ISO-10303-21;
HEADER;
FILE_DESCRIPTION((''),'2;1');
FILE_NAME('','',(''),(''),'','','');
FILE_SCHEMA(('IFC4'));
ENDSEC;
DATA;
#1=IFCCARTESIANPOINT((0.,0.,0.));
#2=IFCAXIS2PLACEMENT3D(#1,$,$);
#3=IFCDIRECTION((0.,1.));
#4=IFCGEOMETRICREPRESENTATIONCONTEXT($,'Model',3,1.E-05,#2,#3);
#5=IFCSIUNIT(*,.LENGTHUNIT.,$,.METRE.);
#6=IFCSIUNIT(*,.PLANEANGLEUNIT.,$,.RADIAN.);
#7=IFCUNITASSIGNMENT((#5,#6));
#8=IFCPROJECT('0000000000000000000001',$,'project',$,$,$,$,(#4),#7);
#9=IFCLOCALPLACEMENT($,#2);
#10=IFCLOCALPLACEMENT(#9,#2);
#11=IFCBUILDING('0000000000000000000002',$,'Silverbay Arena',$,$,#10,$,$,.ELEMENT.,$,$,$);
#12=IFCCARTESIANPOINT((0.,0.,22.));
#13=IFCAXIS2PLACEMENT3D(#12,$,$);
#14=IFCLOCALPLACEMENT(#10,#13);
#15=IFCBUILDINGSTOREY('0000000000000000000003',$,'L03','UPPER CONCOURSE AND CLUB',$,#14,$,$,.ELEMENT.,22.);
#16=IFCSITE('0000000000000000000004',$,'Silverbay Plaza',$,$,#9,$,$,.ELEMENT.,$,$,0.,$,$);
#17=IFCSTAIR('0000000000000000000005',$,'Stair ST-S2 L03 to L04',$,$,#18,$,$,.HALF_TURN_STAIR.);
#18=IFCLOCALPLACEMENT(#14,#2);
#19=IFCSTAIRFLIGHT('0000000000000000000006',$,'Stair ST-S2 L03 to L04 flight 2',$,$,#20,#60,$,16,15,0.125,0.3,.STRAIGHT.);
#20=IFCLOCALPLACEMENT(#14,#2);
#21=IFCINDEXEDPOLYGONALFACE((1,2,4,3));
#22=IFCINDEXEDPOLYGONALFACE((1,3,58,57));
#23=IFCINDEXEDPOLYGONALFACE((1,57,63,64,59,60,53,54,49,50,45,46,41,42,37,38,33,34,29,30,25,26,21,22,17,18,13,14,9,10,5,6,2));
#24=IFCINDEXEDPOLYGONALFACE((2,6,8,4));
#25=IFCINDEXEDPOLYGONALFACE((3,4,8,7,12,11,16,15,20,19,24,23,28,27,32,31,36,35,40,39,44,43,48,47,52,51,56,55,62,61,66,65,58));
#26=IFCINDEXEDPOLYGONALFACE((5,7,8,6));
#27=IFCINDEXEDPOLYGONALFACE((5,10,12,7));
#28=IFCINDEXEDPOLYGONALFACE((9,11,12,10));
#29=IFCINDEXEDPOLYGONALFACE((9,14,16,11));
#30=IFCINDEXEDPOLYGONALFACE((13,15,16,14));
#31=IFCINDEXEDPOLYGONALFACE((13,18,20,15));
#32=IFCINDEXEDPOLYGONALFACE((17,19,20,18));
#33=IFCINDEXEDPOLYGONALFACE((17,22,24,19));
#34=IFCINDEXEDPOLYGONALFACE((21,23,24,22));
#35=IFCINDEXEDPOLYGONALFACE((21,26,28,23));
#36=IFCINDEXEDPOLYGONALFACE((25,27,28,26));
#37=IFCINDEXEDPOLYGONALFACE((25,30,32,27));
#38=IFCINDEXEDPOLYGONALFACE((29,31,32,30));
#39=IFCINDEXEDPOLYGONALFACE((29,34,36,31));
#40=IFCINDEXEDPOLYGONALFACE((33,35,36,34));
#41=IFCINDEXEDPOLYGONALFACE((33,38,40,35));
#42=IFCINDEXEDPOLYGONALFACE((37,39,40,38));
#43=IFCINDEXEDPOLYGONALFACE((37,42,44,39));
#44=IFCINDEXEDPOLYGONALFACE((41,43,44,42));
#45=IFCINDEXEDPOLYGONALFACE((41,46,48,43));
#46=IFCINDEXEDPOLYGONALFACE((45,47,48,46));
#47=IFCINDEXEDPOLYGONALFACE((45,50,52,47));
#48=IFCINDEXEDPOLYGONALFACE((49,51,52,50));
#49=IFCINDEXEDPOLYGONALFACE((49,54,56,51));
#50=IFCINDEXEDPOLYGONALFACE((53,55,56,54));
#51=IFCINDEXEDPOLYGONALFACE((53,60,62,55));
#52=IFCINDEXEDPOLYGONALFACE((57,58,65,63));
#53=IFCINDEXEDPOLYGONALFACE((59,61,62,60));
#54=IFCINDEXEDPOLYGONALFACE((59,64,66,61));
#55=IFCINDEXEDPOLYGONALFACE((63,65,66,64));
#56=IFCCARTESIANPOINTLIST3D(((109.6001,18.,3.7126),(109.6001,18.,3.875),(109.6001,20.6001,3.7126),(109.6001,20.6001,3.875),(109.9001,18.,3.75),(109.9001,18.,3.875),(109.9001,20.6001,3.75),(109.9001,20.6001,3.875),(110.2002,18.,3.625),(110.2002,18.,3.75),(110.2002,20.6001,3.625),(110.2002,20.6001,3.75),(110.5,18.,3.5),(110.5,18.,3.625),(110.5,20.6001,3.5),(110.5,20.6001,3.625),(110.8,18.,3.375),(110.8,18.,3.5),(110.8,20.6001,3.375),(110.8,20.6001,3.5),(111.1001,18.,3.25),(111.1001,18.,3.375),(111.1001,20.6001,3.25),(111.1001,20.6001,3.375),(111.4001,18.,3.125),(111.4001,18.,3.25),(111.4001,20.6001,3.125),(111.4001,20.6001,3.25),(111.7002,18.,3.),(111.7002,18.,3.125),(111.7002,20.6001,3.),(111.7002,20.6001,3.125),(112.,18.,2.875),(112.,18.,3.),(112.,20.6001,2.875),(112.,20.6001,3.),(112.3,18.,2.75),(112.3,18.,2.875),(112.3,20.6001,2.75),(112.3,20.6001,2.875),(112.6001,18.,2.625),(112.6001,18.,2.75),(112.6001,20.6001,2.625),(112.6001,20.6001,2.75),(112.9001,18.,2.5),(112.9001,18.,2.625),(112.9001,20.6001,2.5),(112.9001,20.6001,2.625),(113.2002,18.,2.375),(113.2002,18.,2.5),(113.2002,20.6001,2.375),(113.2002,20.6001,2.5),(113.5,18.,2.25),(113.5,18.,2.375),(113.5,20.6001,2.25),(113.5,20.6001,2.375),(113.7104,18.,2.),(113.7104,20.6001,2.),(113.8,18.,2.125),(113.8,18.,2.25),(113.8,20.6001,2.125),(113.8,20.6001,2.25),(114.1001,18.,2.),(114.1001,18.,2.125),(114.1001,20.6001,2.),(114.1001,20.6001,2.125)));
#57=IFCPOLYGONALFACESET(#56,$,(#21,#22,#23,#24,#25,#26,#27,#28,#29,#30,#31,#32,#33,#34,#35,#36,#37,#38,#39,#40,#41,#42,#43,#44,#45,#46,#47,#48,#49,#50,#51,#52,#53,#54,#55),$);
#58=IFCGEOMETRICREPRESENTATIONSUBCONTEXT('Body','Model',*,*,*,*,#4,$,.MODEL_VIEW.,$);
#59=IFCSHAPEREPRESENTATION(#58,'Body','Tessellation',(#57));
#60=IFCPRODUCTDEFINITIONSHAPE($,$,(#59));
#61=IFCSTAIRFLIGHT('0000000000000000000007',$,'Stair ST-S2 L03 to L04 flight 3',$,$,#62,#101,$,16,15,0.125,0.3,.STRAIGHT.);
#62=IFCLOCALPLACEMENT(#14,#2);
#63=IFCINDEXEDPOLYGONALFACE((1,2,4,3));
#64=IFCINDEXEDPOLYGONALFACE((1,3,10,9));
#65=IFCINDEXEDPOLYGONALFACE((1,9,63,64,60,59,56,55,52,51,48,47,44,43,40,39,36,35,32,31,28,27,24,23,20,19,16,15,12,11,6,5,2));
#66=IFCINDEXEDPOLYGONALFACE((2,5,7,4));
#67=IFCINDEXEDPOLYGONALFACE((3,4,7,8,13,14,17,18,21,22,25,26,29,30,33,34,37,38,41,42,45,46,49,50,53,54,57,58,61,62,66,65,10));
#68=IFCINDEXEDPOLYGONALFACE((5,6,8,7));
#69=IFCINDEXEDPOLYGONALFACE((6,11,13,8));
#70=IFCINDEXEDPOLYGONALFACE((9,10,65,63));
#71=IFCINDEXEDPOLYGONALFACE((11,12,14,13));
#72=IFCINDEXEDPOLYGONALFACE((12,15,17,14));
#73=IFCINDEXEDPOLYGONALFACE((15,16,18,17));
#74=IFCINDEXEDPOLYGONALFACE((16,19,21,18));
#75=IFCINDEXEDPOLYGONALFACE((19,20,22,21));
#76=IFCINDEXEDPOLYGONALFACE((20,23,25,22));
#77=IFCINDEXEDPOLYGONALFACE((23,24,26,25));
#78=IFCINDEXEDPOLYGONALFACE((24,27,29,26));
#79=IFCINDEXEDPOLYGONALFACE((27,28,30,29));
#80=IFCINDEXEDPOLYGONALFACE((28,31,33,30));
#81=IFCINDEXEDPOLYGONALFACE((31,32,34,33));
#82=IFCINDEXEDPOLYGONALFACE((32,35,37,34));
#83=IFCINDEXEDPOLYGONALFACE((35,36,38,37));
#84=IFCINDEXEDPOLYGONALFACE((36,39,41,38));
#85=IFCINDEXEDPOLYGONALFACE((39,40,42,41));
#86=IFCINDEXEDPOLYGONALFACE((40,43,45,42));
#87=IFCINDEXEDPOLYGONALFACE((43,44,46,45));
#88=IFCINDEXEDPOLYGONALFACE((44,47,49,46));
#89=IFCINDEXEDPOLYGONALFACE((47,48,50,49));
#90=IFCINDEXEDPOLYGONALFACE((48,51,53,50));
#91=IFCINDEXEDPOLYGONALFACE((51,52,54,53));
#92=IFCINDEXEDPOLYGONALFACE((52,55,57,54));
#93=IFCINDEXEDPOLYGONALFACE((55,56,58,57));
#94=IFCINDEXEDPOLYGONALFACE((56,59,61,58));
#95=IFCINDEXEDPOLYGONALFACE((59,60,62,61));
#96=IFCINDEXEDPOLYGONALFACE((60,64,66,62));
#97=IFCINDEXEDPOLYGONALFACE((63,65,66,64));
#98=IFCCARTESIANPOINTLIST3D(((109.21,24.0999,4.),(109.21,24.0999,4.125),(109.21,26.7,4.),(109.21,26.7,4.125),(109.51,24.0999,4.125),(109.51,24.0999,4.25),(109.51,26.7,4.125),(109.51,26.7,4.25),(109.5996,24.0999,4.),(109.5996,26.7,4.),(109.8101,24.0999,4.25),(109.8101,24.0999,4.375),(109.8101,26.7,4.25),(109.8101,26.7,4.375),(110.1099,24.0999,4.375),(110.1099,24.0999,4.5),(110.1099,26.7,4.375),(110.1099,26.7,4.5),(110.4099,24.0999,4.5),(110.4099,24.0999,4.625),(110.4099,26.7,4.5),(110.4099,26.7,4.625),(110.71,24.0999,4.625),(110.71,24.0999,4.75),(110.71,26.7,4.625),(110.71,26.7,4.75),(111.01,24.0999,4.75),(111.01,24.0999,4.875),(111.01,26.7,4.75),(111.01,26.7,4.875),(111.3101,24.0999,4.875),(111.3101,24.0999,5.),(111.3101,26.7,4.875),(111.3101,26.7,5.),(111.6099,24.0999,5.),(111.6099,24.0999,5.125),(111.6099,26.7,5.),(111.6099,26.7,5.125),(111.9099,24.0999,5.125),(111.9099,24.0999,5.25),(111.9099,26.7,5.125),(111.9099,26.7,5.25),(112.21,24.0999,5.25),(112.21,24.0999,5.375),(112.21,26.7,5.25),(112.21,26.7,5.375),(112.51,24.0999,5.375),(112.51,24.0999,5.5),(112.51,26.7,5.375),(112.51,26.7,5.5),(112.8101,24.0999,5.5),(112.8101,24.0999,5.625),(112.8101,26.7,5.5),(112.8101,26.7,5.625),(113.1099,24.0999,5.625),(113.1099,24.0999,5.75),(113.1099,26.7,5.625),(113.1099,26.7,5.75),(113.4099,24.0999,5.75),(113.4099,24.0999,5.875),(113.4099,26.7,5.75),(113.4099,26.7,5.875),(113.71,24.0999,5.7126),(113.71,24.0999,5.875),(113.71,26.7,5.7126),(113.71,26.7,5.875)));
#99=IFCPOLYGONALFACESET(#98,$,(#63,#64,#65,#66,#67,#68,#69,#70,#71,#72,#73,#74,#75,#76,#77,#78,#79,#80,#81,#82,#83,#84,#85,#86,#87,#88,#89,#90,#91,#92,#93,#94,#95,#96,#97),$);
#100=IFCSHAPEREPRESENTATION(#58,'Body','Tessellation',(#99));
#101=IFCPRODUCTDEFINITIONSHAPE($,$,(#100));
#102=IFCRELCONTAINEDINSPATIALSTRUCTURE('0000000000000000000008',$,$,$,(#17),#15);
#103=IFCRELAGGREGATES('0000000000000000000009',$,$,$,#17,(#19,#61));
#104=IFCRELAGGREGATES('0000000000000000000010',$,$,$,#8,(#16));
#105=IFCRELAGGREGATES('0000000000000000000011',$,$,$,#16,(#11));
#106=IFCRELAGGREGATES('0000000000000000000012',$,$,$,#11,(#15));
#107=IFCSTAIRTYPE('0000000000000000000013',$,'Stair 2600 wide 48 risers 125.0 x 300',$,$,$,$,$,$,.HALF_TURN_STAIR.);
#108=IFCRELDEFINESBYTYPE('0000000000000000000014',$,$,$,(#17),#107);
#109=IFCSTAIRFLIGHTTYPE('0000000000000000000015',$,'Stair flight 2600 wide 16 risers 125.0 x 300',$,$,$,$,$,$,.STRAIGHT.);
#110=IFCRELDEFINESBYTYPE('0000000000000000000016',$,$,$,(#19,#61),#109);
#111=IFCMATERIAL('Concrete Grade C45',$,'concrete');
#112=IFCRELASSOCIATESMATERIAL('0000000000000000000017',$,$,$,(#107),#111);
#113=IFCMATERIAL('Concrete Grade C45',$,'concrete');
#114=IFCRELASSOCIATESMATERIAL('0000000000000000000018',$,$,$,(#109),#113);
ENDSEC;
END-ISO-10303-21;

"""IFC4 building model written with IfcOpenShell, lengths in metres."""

from ifc_helpers import new_model, si_unit, direction, frame, origin, place, context, subcontext, project, spatial, polyline, outline, extrude, material, type_object, element, aggregate, save


model = new_model("IFC4")

# Units and contexts
model_context = context("Model", 3, precision=1e-05, world=origin(), true_north=direction((0.0, 1.0)))
body_context = subcontext(model_context, "Body", "Model", "MODEL_VIEW")
ifc_project = project(units=[si_unit("LENGTHUNIT", "METRE"), si_unit("PLANEANGLEUNIT", "RADIAN")], contexts=[model_context])

# Site, building, storey
site_placement = place(None, origin())
site = spatial("IfcSite", under=ifc_project, at=site_placement, Name="Silverbay Plaza", CompositionType="ELEMENT", RefElevation=0.0)
building_placement = place(site_placement, origin())
building = spatial("IfcBuilding", under=site, at=building_placement, Name="Silverbay Arena", CompositionType="ELEMENT")
storey_placement = place(building_placement, frame((0.0, 0.0, 22.0)))
storey = spatial("IfcBuildingStorey", under=building, at=storey_placement, Name="L03", Description="UPPER CONCOURSE AND CLUB", CompositionType="ELEMENT", Elevation=22.0)

# Stair, stair flights
ifc_material_1 = material(Name="Concrete Grade C45", Category="concrete")
stair_type = type_object("IfcStairType", Name="Stair 2600 wide 48 risers 125.0 x 300", PredefinedType="HALF_TURN_STAIR", material=ifc_material_1)
stair_placement = place(storey_placement, origin())
stair = element("IfcStair", 1, at=stair_placement, inside=storey, type_object=stair_type, Name="Stair ST-S2 L03 to L04", PredefinedType="HALF_TURN_STAIR")
ifc_material_2 = material(Name="Concrete Grade C45", Category="concrete")
stair_flight_type = type_object("IfcStairFlightType", Name="Stair flight 2600 wide 16 risers 125.0 x 300", PredefinedType="STRAIGHT", material=ifc_material_2)
stair_flight_1_placement = place(storey_placement, frame((114.1001, 19.3, 2.0), z_axis=(0.0, 0.0, 1.0), x_axis=(-1.0, 0.0, 0.0)))
stair_flight_1 = element("IfcStairFlight", 2, at=stair_flight_1_placement, type_object=stair_flight_type, Name="Stair ST-S2 L03 to L04 flight 2", NumberOfRisers=16, NumberOfTreads=15, PredefinedType="STRAIGHT", RiserHeight=0.125, TreadLength=0.3, context=body_context, shape_type="SweptSolid", body=[
    extrude(outline(polyline([(0.0, 0.0), (0.0, 0.125), (0.3, 0.125), (0.3, 0.25), (0.6001, 0.25), (0.6001, 0.375), (0.8999, 0.375), (0.8999, 0.5), (1.2, 0.5), (1.2, 0.625), (1.5, 0.625), (1.5, 0.75), (1.8, 0.75), (1.8, 0.875), (2.1001, 0.875), (2.1001, 1.0), (2.3999, 1.0), (2.3999, 1.125), (2.7, 1.125), (2.7, 1.25), (3.0, 1.25), (3.0, 1.375), (3.3, 1.375), (3.3, 1.5), (3.6001, 1.5), (3.6001, 1.625), (3.8999, 1.625), (3.8999, 1.75), (4.2, 1.75), (4.2, 1.875), (4.5, 1.875), (4.5, 1.7126), (0.3896, 0.0), (0.0, 0.0)])), frame((0.0, 1.3, 0.0), z_axis=(0.0, -1.0, 0.0), x_axis=(1.0, 0.0, 0.0)), (0.0, 0.0, 1.0), 2.6001),
])
stair_flight_2_placement = place(storey_placement, frame((109.21, 25.3999, 4.0), z_axis=(0.0, 0.0, 1.0), x_axis=(1.0, 0.0, 0.0)))
stair_flight_2 = element("IfcStairFlight", 3, at=stair_flight_2_placement, type_object=stair_flight_type, Name="Stair ST-S2 L03 to L04 flight 3", NumberOfRisers=16, NumberOfTreads=15, PredefinedType="STRAIGHT", RiserHeight=0.125, TreadLength=0.3, context=body_context, shape_type="SweptSolid", body=[
    extrude(outline(polyline([(0.0, 0.0), (0.0, 0.125), (0.3, 0.125), (0.3, 0.25), (0.6001, 0.25), (0.6001, 0.375), (0.8999, 0.375), (0.8999, 0.5), (1.2, 0.5), (1.2, 0.625), (1.5, 0.625), (1.5, 0.75), (1.8, 0.75), (1.8, 0.875), (2.1001, 0.875), (2.1001, 1.0), (2.3999, 1.0), (2.3999, 1.125), (2.7, 1.125), (2.7, 1.25), (3.0, 1.25), (3.0, 1.375), (3.3, 1.375), (3.3, 1.5), (3.6001, 1.5), (3.6001, 1.625), (3.8999, 1.625), (3.8999, 1.75), (4.2, 1.75), (4.2, 1.875), (4.5, 1.875), (4.5, 1.7126), (0.3896, 0.0), (0.0, 0.0)])), frame((0.0, 1.3, 0.0), z_axis=(0.0, -1.0, 0.0), x_axis=(1.0, 0.0, 0.0)), (0.0, 0.0, 1.0), 2.6001),
])
aggregate(stair, [stair_flight_1, stair_flight_2])

save(model, "model.ifc")
